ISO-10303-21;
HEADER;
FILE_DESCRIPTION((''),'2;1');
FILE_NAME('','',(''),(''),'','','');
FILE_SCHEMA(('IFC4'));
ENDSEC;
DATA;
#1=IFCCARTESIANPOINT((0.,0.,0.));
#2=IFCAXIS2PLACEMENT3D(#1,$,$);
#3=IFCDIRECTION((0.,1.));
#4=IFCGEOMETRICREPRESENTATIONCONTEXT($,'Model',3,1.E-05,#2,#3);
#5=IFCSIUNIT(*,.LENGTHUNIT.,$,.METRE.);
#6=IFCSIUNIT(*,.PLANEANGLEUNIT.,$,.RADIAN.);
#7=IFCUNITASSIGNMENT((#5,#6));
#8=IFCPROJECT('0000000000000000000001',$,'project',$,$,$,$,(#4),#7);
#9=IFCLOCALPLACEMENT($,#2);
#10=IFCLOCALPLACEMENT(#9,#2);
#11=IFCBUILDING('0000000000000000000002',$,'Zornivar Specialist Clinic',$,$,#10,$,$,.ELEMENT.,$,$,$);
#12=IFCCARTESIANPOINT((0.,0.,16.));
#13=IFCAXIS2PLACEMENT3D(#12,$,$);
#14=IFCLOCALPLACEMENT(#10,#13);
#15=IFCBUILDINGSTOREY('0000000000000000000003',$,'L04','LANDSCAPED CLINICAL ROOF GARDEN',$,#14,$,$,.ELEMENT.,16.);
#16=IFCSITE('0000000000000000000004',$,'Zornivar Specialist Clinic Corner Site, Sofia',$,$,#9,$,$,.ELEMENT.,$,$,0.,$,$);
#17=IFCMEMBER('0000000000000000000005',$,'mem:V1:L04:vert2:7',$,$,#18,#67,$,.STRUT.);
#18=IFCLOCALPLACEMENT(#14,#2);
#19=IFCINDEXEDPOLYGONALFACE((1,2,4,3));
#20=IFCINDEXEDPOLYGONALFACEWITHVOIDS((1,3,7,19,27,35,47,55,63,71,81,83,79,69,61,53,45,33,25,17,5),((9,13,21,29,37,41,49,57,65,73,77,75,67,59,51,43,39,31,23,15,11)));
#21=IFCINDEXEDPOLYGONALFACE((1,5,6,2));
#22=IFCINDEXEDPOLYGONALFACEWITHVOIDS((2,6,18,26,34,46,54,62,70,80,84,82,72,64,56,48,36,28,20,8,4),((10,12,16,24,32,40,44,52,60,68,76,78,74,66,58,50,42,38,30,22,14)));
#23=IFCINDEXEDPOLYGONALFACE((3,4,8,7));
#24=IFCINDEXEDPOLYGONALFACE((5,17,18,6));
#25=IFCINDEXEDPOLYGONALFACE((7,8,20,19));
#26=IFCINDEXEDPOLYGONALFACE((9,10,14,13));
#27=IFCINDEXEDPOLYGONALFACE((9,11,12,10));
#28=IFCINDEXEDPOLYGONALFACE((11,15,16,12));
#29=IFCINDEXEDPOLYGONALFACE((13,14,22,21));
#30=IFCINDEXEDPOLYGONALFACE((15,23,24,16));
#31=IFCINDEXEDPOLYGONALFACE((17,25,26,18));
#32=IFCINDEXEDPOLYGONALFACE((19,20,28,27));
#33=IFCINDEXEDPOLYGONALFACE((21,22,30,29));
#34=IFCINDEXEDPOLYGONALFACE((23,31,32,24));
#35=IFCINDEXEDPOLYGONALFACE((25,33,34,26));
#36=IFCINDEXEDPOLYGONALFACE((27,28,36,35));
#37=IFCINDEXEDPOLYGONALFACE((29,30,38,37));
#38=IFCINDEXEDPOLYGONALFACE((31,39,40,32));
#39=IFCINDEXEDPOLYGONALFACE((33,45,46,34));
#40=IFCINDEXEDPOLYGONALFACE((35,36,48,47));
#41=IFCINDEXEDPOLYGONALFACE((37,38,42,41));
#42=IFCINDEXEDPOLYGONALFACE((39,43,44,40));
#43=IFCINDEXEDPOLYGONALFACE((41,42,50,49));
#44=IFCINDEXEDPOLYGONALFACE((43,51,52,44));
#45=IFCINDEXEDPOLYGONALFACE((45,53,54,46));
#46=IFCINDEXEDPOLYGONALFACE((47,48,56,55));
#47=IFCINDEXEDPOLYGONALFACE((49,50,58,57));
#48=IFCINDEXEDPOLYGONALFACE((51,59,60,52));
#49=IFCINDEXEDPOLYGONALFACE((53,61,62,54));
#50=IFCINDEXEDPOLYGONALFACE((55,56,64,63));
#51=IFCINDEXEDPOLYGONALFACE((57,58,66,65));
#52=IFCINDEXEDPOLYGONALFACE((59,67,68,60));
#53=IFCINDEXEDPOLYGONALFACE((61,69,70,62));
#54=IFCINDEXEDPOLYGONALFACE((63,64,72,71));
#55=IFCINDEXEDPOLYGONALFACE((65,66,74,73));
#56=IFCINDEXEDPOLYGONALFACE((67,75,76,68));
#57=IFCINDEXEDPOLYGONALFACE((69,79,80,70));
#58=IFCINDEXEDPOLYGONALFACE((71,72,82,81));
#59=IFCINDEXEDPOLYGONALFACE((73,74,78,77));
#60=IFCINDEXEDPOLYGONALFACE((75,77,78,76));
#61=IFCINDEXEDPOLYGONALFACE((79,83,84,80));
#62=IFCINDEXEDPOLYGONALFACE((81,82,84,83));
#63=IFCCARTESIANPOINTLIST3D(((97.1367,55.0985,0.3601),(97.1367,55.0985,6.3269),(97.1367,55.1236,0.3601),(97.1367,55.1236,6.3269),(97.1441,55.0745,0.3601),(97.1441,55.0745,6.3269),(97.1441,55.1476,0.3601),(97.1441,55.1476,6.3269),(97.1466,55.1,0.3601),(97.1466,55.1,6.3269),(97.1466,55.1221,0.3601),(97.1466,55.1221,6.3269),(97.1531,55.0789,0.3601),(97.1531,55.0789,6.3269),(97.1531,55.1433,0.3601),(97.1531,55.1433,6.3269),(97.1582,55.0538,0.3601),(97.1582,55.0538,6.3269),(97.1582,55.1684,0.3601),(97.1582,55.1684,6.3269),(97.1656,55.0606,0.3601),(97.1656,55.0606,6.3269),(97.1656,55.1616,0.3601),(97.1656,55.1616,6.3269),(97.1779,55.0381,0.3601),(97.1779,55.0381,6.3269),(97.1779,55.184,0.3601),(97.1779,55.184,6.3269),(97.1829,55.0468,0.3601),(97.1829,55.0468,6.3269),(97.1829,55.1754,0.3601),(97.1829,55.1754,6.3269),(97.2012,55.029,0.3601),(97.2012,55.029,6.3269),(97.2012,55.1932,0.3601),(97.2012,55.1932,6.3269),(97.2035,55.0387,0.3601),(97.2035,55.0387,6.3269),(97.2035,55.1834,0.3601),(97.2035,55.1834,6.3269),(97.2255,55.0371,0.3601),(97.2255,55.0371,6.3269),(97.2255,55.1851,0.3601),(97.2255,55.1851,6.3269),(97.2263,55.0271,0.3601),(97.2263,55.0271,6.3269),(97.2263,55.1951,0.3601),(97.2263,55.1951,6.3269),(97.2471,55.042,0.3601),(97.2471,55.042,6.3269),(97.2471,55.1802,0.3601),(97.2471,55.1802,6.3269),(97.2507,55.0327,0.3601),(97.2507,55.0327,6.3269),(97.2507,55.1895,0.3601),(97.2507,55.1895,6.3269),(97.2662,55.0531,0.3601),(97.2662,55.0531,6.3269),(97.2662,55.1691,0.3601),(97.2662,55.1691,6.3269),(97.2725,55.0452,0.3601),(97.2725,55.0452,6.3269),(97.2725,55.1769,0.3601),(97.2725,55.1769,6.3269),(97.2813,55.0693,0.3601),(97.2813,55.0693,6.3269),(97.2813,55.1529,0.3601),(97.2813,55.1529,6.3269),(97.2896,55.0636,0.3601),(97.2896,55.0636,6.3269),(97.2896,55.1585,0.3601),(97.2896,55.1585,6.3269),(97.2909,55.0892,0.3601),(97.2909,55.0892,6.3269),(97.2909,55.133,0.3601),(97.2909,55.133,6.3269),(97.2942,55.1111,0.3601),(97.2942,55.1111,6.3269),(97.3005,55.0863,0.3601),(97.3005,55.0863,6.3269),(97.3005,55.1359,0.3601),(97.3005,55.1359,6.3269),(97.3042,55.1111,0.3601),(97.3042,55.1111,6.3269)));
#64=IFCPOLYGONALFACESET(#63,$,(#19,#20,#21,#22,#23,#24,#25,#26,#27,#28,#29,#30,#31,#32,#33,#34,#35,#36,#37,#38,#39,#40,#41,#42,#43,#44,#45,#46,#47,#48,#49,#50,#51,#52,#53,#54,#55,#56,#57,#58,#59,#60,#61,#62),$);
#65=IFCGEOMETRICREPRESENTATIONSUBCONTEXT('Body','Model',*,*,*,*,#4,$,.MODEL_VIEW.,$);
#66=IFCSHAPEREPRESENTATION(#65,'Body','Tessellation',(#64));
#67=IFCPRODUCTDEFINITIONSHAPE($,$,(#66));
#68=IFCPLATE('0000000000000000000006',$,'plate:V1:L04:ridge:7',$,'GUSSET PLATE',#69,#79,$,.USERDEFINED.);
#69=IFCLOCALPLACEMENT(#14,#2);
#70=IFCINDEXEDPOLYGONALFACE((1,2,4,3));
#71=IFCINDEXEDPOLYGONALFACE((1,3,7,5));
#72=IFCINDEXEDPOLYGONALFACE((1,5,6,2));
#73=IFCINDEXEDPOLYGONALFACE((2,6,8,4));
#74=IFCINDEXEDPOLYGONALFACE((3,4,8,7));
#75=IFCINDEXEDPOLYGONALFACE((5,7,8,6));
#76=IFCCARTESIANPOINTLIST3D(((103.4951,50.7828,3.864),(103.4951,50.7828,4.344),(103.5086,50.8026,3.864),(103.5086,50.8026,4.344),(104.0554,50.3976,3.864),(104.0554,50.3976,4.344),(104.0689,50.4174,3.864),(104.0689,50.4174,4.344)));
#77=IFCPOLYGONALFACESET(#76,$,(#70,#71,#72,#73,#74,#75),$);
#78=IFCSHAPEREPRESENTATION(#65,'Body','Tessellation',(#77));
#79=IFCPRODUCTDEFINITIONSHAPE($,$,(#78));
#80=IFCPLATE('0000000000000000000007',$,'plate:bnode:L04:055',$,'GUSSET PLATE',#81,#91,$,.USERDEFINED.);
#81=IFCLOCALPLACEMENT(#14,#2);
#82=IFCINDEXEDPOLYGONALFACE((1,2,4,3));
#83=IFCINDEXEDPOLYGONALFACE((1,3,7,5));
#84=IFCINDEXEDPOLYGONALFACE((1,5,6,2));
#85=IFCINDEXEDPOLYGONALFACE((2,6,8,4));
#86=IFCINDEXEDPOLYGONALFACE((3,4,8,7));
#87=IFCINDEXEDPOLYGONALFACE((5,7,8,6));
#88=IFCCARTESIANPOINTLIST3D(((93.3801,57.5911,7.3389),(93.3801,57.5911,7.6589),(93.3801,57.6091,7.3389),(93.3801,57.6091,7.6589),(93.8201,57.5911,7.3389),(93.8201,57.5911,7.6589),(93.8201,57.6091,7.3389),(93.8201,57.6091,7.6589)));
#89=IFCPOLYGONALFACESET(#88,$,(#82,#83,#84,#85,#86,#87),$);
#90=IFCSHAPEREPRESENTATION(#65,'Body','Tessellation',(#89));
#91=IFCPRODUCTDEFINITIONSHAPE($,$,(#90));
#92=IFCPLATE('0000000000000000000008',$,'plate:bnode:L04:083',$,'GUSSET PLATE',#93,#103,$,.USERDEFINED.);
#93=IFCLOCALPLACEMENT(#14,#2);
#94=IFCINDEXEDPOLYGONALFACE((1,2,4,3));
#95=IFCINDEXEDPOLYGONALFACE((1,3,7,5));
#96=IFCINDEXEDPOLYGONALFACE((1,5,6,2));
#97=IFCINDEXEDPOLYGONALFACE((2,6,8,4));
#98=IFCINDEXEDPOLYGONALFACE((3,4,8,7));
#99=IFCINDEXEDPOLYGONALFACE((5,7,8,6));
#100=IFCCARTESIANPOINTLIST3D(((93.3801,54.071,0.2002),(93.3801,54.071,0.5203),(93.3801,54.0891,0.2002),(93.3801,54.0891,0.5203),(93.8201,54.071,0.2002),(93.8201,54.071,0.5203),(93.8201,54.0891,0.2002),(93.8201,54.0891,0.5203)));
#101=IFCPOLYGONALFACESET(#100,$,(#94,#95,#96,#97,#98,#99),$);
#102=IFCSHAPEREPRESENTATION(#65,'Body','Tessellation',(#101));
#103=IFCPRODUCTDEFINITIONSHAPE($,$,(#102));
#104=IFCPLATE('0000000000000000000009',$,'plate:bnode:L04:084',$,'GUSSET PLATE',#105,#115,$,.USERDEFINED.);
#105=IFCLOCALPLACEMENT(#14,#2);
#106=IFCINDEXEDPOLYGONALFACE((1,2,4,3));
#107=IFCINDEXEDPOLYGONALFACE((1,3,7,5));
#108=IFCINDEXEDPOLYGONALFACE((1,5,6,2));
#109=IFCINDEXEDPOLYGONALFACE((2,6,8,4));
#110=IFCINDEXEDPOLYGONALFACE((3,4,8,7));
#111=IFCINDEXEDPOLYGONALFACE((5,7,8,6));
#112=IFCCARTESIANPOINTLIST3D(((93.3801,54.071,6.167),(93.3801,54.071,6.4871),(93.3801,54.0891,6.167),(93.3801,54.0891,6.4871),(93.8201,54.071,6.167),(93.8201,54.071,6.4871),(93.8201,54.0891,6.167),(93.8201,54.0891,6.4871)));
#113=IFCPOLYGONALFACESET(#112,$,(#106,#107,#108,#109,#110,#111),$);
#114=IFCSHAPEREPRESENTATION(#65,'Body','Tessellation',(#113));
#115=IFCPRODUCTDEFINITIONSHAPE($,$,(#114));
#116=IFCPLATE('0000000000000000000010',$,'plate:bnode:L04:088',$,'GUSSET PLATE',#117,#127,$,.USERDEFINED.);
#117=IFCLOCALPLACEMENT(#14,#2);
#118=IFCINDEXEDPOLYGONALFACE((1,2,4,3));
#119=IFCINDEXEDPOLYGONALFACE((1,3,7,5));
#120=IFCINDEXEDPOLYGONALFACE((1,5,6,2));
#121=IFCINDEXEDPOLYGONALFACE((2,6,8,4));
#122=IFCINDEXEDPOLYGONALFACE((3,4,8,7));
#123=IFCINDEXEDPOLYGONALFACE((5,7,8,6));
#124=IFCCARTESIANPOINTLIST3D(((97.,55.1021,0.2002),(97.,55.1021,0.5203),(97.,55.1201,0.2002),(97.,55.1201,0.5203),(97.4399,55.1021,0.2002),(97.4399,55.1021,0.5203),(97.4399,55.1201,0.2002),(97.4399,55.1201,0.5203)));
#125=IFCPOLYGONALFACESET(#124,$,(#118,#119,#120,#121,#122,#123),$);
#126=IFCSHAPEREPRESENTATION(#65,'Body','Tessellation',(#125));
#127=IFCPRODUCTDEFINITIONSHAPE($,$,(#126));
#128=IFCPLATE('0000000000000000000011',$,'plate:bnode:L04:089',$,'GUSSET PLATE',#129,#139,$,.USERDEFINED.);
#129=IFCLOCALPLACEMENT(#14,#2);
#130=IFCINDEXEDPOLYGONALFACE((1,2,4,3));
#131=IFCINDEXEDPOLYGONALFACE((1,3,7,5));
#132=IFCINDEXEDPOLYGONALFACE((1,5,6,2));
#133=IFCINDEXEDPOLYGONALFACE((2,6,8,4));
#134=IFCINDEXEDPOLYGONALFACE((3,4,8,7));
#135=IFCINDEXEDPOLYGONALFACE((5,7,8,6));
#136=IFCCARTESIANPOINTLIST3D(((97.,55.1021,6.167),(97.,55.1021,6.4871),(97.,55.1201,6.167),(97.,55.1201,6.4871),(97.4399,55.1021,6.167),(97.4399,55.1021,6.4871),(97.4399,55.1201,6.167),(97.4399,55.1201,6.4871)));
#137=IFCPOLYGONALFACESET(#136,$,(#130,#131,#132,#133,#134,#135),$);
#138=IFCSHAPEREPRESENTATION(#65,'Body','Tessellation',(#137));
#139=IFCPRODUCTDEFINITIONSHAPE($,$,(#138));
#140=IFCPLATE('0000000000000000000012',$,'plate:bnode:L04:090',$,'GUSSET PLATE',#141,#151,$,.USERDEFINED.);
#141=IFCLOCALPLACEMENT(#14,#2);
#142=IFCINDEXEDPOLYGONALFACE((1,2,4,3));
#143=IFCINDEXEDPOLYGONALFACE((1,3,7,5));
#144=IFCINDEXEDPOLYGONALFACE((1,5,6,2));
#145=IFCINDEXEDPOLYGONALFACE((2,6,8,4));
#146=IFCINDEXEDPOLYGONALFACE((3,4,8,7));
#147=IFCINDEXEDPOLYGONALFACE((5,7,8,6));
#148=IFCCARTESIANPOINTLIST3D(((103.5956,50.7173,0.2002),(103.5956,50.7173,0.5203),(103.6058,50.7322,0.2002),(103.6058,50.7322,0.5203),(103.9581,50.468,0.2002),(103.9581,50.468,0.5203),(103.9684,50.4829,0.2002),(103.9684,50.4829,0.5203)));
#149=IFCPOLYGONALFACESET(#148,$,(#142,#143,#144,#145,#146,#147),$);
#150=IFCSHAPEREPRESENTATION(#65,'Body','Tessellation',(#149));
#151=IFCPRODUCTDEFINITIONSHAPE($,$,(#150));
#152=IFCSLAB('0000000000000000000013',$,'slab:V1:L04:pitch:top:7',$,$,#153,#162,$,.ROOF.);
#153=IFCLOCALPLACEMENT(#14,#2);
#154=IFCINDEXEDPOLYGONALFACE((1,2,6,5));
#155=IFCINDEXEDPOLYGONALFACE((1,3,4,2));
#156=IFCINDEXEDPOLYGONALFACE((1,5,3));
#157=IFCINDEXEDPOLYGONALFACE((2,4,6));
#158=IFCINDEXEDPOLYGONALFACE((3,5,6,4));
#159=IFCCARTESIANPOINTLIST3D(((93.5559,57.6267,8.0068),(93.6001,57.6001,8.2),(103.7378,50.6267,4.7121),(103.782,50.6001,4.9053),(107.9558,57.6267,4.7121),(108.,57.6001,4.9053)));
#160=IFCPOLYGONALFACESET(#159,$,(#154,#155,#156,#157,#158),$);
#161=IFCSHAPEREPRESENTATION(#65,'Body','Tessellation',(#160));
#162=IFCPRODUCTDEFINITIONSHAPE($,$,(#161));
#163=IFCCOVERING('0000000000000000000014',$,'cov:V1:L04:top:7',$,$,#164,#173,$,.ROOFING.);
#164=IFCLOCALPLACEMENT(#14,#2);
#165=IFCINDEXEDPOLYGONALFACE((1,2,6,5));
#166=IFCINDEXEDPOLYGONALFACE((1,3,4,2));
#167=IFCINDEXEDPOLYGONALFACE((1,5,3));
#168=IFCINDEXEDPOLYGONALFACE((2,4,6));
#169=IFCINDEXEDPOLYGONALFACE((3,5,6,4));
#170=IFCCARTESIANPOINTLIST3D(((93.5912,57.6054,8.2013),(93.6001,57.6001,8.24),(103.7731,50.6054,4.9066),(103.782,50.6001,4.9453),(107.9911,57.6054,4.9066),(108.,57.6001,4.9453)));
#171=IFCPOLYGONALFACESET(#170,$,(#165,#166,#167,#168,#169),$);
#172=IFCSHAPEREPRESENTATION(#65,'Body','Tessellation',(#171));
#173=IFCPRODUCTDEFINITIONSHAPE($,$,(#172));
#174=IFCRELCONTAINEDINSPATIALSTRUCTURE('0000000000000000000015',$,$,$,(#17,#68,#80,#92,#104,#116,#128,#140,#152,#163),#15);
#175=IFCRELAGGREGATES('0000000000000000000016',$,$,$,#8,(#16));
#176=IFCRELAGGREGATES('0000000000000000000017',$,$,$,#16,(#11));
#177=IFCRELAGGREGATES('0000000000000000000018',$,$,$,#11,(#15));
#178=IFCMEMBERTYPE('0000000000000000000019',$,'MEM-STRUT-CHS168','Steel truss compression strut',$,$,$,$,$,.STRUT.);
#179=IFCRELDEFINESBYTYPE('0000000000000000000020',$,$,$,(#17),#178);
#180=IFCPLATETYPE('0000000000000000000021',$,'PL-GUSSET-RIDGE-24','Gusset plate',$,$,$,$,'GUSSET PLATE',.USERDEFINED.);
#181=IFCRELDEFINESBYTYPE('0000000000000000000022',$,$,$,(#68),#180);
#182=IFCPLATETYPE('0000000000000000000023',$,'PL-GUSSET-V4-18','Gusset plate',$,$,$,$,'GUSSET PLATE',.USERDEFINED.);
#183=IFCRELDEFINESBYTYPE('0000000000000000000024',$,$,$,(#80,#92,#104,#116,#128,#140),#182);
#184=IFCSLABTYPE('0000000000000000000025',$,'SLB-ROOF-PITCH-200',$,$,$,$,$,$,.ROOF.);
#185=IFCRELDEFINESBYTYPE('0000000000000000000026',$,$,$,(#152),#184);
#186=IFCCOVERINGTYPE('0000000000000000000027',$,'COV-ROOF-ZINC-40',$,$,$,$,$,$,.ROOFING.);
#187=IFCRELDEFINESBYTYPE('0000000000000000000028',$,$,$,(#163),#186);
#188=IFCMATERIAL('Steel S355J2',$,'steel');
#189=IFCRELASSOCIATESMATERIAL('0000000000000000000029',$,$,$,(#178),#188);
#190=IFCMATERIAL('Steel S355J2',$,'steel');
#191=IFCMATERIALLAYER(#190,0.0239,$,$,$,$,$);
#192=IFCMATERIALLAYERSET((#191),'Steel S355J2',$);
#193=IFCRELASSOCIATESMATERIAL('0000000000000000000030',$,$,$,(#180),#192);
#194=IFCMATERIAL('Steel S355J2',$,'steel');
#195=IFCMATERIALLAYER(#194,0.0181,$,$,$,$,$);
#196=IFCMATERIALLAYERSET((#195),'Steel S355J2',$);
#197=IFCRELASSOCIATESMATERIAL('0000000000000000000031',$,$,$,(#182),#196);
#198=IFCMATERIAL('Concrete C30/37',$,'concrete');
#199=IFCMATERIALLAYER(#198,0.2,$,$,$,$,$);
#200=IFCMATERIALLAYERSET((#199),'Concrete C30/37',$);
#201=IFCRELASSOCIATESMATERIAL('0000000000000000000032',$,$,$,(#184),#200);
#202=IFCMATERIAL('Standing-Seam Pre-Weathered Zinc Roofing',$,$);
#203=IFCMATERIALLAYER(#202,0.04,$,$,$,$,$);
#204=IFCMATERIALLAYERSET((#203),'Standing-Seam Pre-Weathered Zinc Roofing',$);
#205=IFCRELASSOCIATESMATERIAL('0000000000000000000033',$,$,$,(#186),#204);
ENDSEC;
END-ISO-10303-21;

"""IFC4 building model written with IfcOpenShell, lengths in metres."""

from ifc_helpers import new_model, si_unit, direction, frame, origin, origin_2d, place, context, subcontext, project, spatial, polyline, rectangle, hollow_circle, outline, extrude, material, layer, layer_set, material_profile, profile_set, type_object, element, save


model = new_model("IFC4")

# Units and contexts
model_context = context("Model", 3, precision=1e-05, world=origin(), true_north=direction((0.0, 1.0)))
body_context = subcontext(model_context, "Body", "Model", "MODEL_VIEW")
ifc_project = project(units=[si_unit("LENGTHUNIT", "METRE"), si_unit("PLANEANGLEUNIT", "RADIAN")], contexts=[model_context])

# Site, building, storey
site_placement = place(None, origin())
site = spatial("IfcSite", under=ifc_project, at=site_placement, Name="Zornivar Specialist Clinic Corner Site, Sofia", CompositionType="ELEMENT", RefElevation=0.0)
building_placement = place(site_placement, origin())
building = spatial("IfcBuilding", under=site, at=building_placement, Name="Zornivar Specialist Clinic", CompositionType="ELEMENT")
storey_placement = place(building_placement, frame((0.0, 0.0, 16.0)))
storey = spatial("IfcBuildingStorey", under=building, at=storey_placement, Name="L04", Description="LANDSCAPED CLINICAL ROOF GARDEN", CompositionType="ELEMENT", Elevation=16.0)

# Member
ifc_material_1 = material(Name="Steel S355J2", Category="steel")
ifc_material_profile_1 = material_profile(ifc_material_1, hollow_circle(Radius=0.0842, WallThickness=0.01, at=origin_2d()), Name="CHS 168.3x10")
ifc_profile_set_1 = profile_set([ifc_material_profile_1], Name="Steel S355J2")
member_type_1 = type_object("IfcMemberType", Name="MEM-STRUT-CHS168", Description="Steel truss compression strut", PredefinedType="STRUT", material=ifc_profile_set_1)
for number, where, z_axis, x_axis, name in (
    (1, (97.22, 55.1111, 0.3601), (0.0, 0.0, 1.0), (1.0, 0.0, 0.0), "mem:V1:L04:vert2:7"),
):
    element("IfcMember", number, at=place(storey_placement, frame(where, z_axis=z_axis, x_axis=x_axis)), inside=storey, type_object=member_type_1, Name=name, PredefinedType="STRUT", context=body_context, shape_type="SweptSolid", body=[
        extrude(hollow_circle(Radius=0.0842, WallThickness=0.01, at=origin_2d()), origin(), (0.0, 0.0, 1.0), 5.9668),
    ])

# Plates
ifc_material_2 = material(Name="Steel S355J2", Category="steel")
ifc_layer_1 = layer(ifc_material_2, 0.0239)
ifc_layer_set_1 = layer_set([ifc_layer_1], Name="Steel S355J2")
plate_type_1 = type_object("IfcPlateType", Name="PL-GUSSET-RIDGE-24", Description="Gusset plate", ElementType="GUSSET PLATE", PredefinedType="USERDEFINED", material=ifc_layer_set_1)
plate_placement = place(storey_placement, frame((103.782, 50.6001, 3.864), z_axis=(0.0, 0.0, 1.0), x_axis=(0.824043, -0.566527, 0.0)))
element("IfcPlate", 2, at=plate_placement, inside=storey, type_object=plate_type_1, Name="plate:V1:L04:ridge:7", ObjectType="GUSSET PLATE", PredefinedType="USERDEFINED", context=body_context, shape_type="SweptSolid", body=[
    extrude(rectangle(XDim=0.6799, YDim=0.0239, at=origin_2d()), origin(), (0.0, 0.0, 1.0), 0.48),
])
ifc_material_3 = material(Name="Steel S355J2", Category="steel")
ifc_layer_2 = layer(ifc_material_3, 0.0181)
ifc_layer_set_2 = layer_set([ifc_layer_2], Name="Steel S355J2")
plate_type_2 = type_object("IfcPlateType", Name="PL-GUSSET-V4-18", Description="Gusset plate", ElementType="GUSSET PLATE", PredefinedType="USERDEFINED", material=ifc_layer_set_2)
for number, where, z_axis, x_axis, name in (
    (3, (93.6001, 57.6001, 7.3389), (0.0, 0.0, 1.0), (1.0, 0.0, 0.0), "plate:bnode:L04:055"),
    (4, (93.6001, 54.0801, 0.2002), (0.0, 0.0, 1.0), (1.0, 0.0, 0.0), "plate:bnode:L04:083"),
    (5, (93.6001, 54.0801, 6.167), (0.0, 0.0, 1.0), (1.0, 0.0, 0.0), "plate:bnode:L04:084"),
    (6, (97.22, 55.1111, 0.2002), (0.0, 0.0, 1.0), (1.0, 0.0, 0.0), "plate:bnode:L04:088"),
    (7, (97.22, 55.1111, 6.167), (0.0, 0.0, 1.0), (1.0, 0.0, 0.0), "plate:bnode:L04:089"),
    (8, (103.782, 50.6001, 0.2002), (0.0, 0.0, 1.0), (-0.824027, 0.56655, 0.0), "plate:bnode:L04:090"),
):
    element("IfcPlate", number, at=place(storey_placement, frame(where, z_axis=z_axis, x_axis=x_axis)), inside=storey, type_object=plate_type_2, Name=name, ObjectType="GUSSET PLATE", PredefinedType="USERDEFINED", context=body_context, shape_type="SweptSolid", body=[
        extrude(rectangle(XDim=0.4399, YDim=0.0181, at=origin_2d()), origin(), (0.0, 0.0, 1.0), 0.3201),
    ])

# Slab
ifc_material_4 = material(Name="Concrete C30/37", Category="concrete")
ifc_layer_3 = layer(ifc_material_4, 0.2)
ifc_layer_set_3 = layer_set([ifc_layer_3], Name="Concrete C30/37")
slab_type = type_object("IfcSlabType", Name="SLB-ROOF-PITCH-200", PredefinedType="ROOF", material=ifc_layer_set_3)
slab_placement = place(storey_placement, frame((103.782, 50.6001, 4.9053), z_axis=(0.221048, -0.133198, 0.966124), x_axis=(0.516116, 0.856519, 0.0)))
element("IfcSlab", 9, at=slab_placement, inside=storey, type_object=slab_type, Name="slab:V1:L04:pitch:top:7", PredefinedType="ROOF", context=body_context, shape_type="SweptSolid", body=[
    extrude(outline(polyline([(0.0, 0.0), (8.1726, 0.0), (0.7406, 12.7663), (0.0, 0.0)])), origin(), (0.0, 0.0, -1.0), 0.2),
])

# Covering
ifc_material_5 = material(Name="Standing-Seam Pre-Weathered Zinc Roofing")
ifc_layer_4 = layer(ifc_material_5, 0.04)
ifc_layer_set_4 = layer_set([ifc_layer_4], Name="Standing-Seam Pre-Weathered Zinc Roofing")
covering_type = type_object("IfcCoveringType", Name="COV-ROOF-ZINC-40", PredefinedType="ROOFING", material=ifc_layer_set_4)
covering_placement = place(storey_placement, frame((103.782, 50.6001, 4.9453), z_axis=(0.221048, -0.133198, 0.966124), x_axis=(0.516116, 0.856519, 0.0)))
element("IfcCovering", 10, at=covering_placement, inside=storey, type_object=covering_type, Name="cov:V1:L04:top:7", PredefinedType="ROOFING", context=body_context, shape_type="SweptSolid", body=[
    extrude(outline(polyline([(0.0, 0.0), (8.1726, 0.0), (0.7406, 12.7663), (0.0, 0.0)])), origin(), (0.0, 0.0, -1.0), 0.04),
])

save(model, "model.ifc")
